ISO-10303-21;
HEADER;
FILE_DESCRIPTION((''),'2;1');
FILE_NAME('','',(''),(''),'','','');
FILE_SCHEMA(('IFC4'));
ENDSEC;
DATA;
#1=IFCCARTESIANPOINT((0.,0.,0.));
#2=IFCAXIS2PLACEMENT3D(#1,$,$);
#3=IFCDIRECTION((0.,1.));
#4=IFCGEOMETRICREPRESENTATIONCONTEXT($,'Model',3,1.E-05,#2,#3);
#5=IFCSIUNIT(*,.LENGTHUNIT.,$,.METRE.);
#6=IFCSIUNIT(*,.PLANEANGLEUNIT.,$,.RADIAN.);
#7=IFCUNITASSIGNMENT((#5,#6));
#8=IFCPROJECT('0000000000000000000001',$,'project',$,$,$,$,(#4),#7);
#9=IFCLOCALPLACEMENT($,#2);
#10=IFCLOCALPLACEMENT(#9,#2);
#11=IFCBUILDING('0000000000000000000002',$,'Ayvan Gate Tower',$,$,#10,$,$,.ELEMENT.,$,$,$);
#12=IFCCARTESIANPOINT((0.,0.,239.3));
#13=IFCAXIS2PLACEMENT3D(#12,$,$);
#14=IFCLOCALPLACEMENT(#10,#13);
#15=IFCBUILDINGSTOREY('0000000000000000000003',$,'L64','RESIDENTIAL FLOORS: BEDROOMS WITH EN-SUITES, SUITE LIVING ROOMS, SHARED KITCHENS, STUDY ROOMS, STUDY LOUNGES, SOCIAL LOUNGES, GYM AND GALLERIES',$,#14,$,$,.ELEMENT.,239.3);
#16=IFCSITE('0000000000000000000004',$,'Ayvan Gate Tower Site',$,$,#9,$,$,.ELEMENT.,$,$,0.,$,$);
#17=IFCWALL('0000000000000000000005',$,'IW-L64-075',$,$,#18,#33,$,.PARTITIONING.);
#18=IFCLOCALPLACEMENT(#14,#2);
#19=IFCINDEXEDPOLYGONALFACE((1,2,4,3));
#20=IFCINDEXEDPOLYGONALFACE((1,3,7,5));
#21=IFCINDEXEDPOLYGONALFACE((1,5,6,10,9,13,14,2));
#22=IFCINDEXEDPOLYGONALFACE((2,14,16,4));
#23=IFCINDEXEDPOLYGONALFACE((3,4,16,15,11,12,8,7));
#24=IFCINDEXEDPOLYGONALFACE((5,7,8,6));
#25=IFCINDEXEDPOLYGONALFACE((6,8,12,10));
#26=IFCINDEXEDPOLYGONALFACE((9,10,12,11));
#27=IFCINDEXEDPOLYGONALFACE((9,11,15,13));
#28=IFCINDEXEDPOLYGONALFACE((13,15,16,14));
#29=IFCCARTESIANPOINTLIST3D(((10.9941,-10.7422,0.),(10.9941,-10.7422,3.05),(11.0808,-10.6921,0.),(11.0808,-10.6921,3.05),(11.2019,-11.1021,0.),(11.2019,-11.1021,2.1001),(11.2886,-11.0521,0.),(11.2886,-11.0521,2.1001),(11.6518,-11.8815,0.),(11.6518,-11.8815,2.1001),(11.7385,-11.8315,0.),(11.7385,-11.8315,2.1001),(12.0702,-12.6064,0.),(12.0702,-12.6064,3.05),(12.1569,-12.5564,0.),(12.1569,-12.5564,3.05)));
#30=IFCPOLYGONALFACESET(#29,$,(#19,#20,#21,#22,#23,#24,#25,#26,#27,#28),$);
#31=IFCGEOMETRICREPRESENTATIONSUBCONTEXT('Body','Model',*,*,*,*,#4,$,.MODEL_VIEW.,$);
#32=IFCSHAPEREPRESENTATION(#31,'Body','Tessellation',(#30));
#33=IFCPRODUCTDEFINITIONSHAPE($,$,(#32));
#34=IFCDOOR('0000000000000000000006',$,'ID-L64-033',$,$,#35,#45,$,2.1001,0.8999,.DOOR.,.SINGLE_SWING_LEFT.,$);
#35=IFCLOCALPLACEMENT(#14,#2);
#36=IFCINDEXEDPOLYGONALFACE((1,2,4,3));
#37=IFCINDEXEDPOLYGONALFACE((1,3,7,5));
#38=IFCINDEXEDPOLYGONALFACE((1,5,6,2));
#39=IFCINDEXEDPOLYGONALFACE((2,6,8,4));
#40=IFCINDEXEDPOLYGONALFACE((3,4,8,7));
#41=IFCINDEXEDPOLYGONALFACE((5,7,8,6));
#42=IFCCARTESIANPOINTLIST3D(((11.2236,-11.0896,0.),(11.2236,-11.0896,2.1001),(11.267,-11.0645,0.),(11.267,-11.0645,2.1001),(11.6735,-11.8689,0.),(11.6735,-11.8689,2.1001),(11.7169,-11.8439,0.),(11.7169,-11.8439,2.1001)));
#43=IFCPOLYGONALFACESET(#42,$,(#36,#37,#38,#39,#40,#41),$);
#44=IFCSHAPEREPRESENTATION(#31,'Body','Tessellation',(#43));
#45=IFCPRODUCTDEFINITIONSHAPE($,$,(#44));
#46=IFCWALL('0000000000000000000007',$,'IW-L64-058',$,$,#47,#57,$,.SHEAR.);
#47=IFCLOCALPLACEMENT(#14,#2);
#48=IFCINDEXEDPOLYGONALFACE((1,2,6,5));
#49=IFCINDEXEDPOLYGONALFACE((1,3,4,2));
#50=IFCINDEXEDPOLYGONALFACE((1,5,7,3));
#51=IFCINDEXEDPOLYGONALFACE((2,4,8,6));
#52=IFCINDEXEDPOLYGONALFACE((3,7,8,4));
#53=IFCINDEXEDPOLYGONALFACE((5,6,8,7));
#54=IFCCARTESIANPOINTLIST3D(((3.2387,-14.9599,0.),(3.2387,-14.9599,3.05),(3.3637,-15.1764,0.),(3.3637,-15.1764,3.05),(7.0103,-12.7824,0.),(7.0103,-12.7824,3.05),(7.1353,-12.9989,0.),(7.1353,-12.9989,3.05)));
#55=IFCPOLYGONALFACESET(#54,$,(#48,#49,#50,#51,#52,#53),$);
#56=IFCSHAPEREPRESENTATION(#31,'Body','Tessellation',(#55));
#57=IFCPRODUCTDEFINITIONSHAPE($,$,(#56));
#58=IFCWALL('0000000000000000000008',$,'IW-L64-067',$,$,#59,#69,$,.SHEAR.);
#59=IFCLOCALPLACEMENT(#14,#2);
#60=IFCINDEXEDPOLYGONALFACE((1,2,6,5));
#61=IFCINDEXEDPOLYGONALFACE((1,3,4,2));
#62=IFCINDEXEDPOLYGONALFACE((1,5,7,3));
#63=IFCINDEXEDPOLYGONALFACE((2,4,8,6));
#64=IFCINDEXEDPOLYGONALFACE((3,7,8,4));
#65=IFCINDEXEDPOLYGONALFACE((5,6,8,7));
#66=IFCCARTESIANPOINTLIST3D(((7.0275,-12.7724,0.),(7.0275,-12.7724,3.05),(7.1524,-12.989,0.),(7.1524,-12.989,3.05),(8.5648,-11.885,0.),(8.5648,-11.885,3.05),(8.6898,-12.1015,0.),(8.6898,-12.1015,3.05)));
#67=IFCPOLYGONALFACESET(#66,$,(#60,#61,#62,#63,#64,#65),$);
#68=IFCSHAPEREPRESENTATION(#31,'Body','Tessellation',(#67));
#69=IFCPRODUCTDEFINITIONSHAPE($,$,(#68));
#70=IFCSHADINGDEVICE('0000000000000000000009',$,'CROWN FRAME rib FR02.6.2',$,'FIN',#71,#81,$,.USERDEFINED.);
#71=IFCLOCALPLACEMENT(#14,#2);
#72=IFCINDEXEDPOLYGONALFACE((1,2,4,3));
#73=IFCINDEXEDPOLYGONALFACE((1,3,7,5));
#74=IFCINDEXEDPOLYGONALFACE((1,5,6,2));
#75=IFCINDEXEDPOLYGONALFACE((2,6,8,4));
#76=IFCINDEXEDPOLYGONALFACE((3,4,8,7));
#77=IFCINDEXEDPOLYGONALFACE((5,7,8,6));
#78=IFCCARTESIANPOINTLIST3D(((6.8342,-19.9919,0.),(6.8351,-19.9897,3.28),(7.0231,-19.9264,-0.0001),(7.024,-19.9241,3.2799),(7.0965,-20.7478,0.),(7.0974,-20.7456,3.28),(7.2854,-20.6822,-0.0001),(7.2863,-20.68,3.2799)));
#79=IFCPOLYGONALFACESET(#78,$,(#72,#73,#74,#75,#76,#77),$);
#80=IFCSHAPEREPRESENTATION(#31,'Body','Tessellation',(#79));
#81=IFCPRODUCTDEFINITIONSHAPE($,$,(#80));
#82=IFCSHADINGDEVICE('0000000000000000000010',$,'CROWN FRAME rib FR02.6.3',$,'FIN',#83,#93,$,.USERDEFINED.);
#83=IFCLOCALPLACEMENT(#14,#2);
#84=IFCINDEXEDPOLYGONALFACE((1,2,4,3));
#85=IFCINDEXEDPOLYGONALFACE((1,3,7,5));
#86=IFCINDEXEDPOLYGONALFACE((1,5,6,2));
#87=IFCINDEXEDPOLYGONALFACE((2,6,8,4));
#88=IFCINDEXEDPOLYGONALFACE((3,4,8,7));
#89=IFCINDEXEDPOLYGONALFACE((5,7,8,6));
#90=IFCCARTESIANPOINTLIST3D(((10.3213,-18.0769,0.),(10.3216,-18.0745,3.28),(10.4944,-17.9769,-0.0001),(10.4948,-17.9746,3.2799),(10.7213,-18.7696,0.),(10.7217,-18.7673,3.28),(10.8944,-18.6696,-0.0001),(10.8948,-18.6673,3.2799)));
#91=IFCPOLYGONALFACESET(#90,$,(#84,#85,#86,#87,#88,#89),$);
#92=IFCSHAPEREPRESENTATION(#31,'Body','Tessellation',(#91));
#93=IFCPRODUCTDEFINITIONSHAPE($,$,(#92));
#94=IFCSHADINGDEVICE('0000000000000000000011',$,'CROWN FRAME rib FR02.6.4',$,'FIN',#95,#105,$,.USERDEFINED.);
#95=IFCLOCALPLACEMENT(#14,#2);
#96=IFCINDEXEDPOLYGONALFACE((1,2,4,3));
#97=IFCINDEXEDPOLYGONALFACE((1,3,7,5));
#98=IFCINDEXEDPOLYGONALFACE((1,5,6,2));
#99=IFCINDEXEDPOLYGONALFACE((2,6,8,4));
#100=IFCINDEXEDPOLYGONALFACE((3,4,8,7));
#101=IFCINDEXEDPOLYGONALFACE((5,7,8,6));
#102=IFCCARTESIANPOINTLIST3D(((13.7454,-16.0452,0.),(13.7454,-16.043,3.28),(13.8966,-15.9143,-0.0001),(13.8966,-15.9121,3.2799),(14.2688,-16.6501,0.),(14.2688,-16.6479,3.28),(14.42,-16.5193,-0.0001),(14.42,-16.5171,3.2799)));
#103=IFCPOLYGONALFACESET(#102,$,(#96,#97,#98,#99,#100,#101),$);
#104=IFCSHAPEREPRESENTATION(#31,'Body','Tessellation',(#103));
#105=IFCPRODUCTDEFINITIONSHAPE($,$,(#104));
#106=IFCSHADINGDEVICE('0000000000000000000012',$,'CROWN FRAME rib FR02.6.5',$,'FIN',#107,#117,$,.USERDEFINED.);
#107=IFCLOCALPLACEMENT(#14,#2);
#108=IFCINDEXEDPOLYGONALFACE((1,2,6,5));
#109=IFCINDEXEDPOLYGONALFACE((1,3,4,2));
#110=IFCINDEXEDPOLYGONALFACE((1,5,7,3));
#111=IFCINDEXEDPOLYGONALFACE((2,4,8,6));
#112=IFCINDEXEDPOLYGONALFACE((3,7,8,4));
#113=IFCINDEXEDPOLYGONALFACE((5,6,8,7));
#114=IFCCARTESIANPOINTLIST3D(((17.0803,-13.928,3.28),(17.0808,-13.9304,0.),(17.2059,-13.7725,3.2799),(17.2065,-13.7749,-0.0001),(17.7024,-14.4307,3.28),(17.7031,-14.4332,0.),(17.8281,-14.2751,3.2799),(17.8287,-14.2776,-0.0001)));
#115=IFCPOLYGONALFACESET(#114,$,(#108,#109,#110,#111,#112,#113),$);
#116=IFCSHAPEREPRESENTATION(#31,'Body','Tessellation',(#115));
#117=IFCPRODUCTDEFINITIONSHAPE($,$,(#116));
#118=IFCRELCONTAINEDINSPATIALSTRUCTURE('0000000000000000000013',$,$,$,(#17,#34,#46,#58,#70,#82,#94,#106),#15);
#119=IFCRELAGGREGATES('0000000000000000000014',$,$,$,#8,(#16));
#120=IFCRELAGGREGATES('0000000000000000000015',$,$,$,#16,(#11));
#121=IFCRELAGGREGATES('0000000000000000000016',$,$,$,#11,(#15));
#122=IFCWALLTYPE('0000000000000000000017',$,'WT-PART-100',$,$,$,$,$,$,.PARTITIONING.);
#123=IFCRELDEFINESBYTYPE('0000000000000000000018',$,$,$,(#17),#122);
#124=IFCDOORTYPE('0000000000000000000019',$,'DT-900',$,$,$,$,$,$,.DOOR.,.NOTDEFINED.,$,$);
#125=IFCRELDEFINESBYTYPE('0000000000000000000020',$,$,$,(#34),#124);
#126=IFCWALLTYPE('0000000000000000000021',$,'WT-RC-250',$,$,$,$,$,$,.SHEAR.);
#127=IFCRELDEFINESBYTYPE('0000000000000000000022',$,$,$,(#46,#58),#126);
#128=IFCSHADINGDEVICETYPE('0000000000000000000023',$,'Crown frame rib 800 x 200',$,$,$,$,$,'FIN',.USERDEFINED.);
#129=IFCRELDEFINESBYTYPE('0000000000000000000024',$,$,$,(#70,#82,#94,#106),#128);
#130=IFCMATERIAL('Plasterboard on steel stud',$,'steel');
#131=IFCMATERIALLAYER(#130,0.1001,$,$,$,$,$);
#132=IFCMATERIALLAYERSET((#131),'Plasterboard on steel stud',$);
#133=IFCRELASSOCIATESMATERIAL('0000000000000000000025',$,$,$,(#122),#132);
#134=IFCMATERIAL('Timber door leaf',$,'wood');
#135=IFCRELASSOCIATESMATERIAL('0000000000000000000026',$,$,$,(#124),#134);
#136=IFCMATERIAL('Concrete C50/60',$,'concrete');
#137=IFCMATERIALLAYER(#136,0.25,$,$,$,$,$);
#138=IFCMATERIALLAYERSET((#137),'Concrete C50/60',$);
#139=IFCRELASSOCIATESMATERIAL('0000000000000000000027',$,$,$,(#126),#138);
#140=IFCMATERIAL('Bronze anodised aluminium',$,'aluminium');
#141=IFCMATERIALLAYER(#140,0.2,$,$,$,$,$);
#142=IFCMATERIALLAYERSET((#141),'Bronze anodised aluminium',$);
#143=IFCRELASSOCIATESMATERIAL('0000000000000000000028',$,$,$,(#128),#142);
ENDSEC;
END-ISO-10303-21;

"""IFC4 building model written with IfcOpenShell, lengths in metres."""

from ifc_helpers import new_model, si_unit, direction, frame, frame_2d, origin, place, context, subcontext, project, spatial, polyline, rectangle, outline, extrude, material, layer, layer_set, type_object, element, fill, save


model = new_model("IFC4")

# Units and contexts
model_context = context("Model", 3, precision=1e-05, world=origin(), true_north=direction((0.0, 1.0)))
body_context = subcontext(model_context, "Body", "Model", "MODEL_VIEW")
ifc_project = project(units=[si_unit("LENGTHUNIT", "METRE"), si_unit("PLANEANGLEUNIT", "RADIAN")], contexts=[model_context])

# Site, building, storey
site_placement = place(None, origin())
site = spatial("IfcSite", under=ifc_project, at=site_placement, Name="Ayvan Gate Tower Site", CompositionType="ELEMENT", RefElevation=0.0)
building_placement = place(site_placement, origin())
building = spatial("IfcBuilding", under=site, at=building_placement, Name="Ayvan Gate Tower", CompositionType="ELEMENT")
storey_placement = place(building_placement, frame((0.0, 0.0, 239.3)))
storey = spatial("IfcBuildingStorey", under=building, at=storey_placement, Name="L64", Description="RESIDENTIAL FLOORS: BEDROOMS WITH EN-SUITES, SUITE LIVING ROOMS, SHARED KITCHENS, STUDY ROOMS, STUDY LOUNGES, SOCIAL LOUNGES, GYM AND GALLERIES", CompositionType="ELEMENT", Elevation=239.3)

# Shared definitions
ifc_material_1 = material(Name="Concrete C50/60", Category="concrete")

# Shared definitions
ifc_material_2 = material(Name="Bronze anodised aluminium", Category="aluminium")

# Wall, opening, door
ifc_material_3 = material(Name="Plasterboard on steel stud", Category="steel")
ifc_layer_1 = layer(ifc_material_3, 0.1001)
ifc_layer_set_1 = layer_set([ifc_layer_1], Name="Plasterboard on steel stud")
wall_type_1 = type_object("IfcWallType", Name="WT-PART-100", PredefinedType="PARTITIONING", material=ifc_layer_set_1)
wall_1_placement = place(storey_placement, frame((12.1135, -12.5813, 0.0), z_axis=(0.0, 0.0, 1.0), x_axis=(-0.499945, 0.866057, 0.0)))
wall_1 = element("IfcWall", 1, at=wall_1_placement, inside=storey, type_object=wall_type_1, Name="IW-L64-075", PredefinedType="PARTITIONING", context=body_context, shape_type="SweptSolid", body=[
    extrude(rectangle(XDim=2.1526, YDim=0.1001, at=frame_2d((1.0762, 0.0))), origin(), (0.0, 0.0, 1.0), 3.05),
])
opening_placement = place(wall_1_placement, frame((0.8369, 0.0, 0.0)))
opening = element("IfcOpeningElement", 2, at=opening_placement, cuts=wall_1, PredefinedType="OPENING", context=body_context, shape_type="SweptSolid", body=[
    extrude(rectangle(XDim=0.8999, YDim=2.1001, at=frame_2d((0.45, 1.05))), frame((0.0, 0.0601, 0.0), z_axis=(0.0, -1.0, 0.0), x_axis=(1.0, 0.0, 0.0)), (0.0, 0.0, 1.0), 0.1201),
])
ifc_material_4 = material(Name="Timber door leaf", Category="wood")
door_type = type_object("IfcDoorType", Name="DT-900", OperationType="NOTDEFINED", PredefinedType="DOOR", material=ifc_material_4)
door_placement = place(opening_placement, origin())
door = element("IfcDoor", 3, at=door_placement, inside=storey, type_object=door_type, Name="ID-L64-033", OperationType="SINGLE_SWING_LEFT", OverallHeight=2.1001, OverallWidth=0.8999, PredefinedType="DOOR", context=body_context, shape_type="SweptSolid", body=[
    extrude(rectangle(XDim=0.8999, YDim=2.1001, at=frame_2d((0.45, 1.05))), frame((0.0, 0.0249, 0.0), z_axis=(0.0, -1.0, 0.0), x_axis=(1.0, 0.0, 0.0)), (0.0, 0.0, 1.0), 0.05),
])
fill(opening, door)

# Walls
ifc_layer_2 = layer(ifc_material_1, 0.25)
ifc_layer_set_2 = layer_set([ifc_layer_2], Name="Concrete C50/60")
wall_type_2 = type_object("IfcWallType", Name="WT-RC-250", PredefinedType="SHEAR", material=ifc_layer_set_2)
wall_2_placement = place(storey_placement, frame((7.0728, -12.8906, 0.0), z_axis=(0.0, 0.0, 1.0), x_axis=(-0.866023, -0.500004, 0.0)))
element("IfcWall", 4, at=wall_2_placement, inside=storey, type_object=wall_type_2, Name="IW-L64-058", PredefinedType="SHEAR", context=body_context, shape_type="SweptSolid", body=[
    extrude(rectangle(XDim=4.355, YDim=0.25, at=frame_2d((2.1775, 0.0))), origin(), (0.0, 0.0, 1.0), 3.05),
])
wall_3_placement = place(storey_placement, frame((8.6274, -11.9932, 0.0), z_axis=(0.0, 0.0, 1.0), x_axis=(-0.86606, -0.499941, 0.0)))
element("IfcWall", 5, at=wall_3_placement, inside=storey, type_object=wall_type_2, Name="IW-L64-067", PredefinedType="SHEAR", context=body_context, shape_type="SweptSolid", body=[
    extrude(rectangle(XDim=1.7751, YDim=0.25, at=frame_2d((0.8877, 0.0))), origin(), (0.0, 0.0, 1.0), 3.05),
])

# Shading devices
ifc_layer_3 = layer(ifc_material_2, 0.2)
ifc_layer_set_3 = layer_set([ifc_layer_3], Name="Bronze anodised aluminium")
shading_device_type = type_object("IfcShadingDeviceType", Name="Crown frame rib 800 x 200", ElementType="FIN", PredefinedType="USERDEFINED", material=ifc_layer_set_3)
shading_device_1_placement = place(storey_placement, frame((6.8342, -19.9919, 0.0), z_axis=(-0.944721, -0.327875, 0.000466), x_axis=(0.327876, -0.944721, 0.0)))
element("IfcShadingDevice", 6, at=shading_device_1_placement, inside=storey, type_object=shading_device_type, Name="CROWN FRAME rib FR02.6.2", ObjectType="FIN", PredefinedType="USERDEFINED", context=body_context, shape_type="SweptSolid", body=[
    extrude(outline(polyline([(0.0, 0.0), (0.8, 0.0), (0.7983, 3.28), (-0.0018, 3.28), (0.0, 0.0)])), origin(), (0.0, 0.0, -1.0), 0.2),
])
shading_device_2_placement = place(storey_placement, frame((10.3213, -18.0769, 0.0), z_axis=(-0.86599, -0.500061, 0.00045), x_axis=(0.500061, -0.86599, 0.0)))
element("IfcShadingDevice", 7, at=shading_device_2_placement, inside=storey, type_object=shading_device_type, Name="CROWN FRAME rib FR02.6.3", ObjectType="FIN", PredefinedType="USERDEFINED", context=body_context, shape_type="SweptSolid", body=[
    extrude(outline(polyline([(0.0, 0.0), (0.7999, 0.0), (0.7981, 3.28), (-0.0019, 3.28), (0.0, 0.0)])), origin(), (0.0, 0.0, -1.0), 0.2),
])
shading_device_3_placement = place(storey_placement, frame((13.7454, -16.0452, 0.0), z_axis=(-0.756232, -0.654303, 0.000438), x_axis=(0.654303, -0.756233, 0.0)))
element("IfcShadingDevice", 8, at=shading_device_3_placement, inside=storey, type_object=shading_device_type, Name="CROWN FRAME rib FR02.6.4", ObjectType="FIN", PredefinedType="USERDEFINED", context=body_context, shape_type="SweptSolid", body=[
    extrude(outline(polyline([(0.0, 0.0), (0.8, 0.0), (0.7983, 3.28), (-0.0017, 3.28), (0.0, 0.0)])), origin(), (0.0, 0.0, -1.0), 0.2),
])
shading_device_4_placement = place(storey_placement, frame((17.0808, -13.9304, 0.0), z_axis=(-0.628447, -0.777852, 0.000462), x_axis=(0.777852, -0.628447, 0.0)))
element("IfcShadingDevice", 9, at=shading_device_4_placement, inside=storey, type_object=shading_device_type, Name="CROWN FRAME rib FR02.6.5", ObjectType="FIN", PredefinedType="USERDEFINED", context=body_context, shape_type="SweptSolid", body=[
    extrude(outline(polyline([(0.0, 0.0), (0.8, 0.0), (0.7979, 3.28), (-0.0019, 3.28), (0.0, 0.0)])), origin(), (0.0, 0.0, -1.0), 0.2),
])

save(model, "model.ifc")
